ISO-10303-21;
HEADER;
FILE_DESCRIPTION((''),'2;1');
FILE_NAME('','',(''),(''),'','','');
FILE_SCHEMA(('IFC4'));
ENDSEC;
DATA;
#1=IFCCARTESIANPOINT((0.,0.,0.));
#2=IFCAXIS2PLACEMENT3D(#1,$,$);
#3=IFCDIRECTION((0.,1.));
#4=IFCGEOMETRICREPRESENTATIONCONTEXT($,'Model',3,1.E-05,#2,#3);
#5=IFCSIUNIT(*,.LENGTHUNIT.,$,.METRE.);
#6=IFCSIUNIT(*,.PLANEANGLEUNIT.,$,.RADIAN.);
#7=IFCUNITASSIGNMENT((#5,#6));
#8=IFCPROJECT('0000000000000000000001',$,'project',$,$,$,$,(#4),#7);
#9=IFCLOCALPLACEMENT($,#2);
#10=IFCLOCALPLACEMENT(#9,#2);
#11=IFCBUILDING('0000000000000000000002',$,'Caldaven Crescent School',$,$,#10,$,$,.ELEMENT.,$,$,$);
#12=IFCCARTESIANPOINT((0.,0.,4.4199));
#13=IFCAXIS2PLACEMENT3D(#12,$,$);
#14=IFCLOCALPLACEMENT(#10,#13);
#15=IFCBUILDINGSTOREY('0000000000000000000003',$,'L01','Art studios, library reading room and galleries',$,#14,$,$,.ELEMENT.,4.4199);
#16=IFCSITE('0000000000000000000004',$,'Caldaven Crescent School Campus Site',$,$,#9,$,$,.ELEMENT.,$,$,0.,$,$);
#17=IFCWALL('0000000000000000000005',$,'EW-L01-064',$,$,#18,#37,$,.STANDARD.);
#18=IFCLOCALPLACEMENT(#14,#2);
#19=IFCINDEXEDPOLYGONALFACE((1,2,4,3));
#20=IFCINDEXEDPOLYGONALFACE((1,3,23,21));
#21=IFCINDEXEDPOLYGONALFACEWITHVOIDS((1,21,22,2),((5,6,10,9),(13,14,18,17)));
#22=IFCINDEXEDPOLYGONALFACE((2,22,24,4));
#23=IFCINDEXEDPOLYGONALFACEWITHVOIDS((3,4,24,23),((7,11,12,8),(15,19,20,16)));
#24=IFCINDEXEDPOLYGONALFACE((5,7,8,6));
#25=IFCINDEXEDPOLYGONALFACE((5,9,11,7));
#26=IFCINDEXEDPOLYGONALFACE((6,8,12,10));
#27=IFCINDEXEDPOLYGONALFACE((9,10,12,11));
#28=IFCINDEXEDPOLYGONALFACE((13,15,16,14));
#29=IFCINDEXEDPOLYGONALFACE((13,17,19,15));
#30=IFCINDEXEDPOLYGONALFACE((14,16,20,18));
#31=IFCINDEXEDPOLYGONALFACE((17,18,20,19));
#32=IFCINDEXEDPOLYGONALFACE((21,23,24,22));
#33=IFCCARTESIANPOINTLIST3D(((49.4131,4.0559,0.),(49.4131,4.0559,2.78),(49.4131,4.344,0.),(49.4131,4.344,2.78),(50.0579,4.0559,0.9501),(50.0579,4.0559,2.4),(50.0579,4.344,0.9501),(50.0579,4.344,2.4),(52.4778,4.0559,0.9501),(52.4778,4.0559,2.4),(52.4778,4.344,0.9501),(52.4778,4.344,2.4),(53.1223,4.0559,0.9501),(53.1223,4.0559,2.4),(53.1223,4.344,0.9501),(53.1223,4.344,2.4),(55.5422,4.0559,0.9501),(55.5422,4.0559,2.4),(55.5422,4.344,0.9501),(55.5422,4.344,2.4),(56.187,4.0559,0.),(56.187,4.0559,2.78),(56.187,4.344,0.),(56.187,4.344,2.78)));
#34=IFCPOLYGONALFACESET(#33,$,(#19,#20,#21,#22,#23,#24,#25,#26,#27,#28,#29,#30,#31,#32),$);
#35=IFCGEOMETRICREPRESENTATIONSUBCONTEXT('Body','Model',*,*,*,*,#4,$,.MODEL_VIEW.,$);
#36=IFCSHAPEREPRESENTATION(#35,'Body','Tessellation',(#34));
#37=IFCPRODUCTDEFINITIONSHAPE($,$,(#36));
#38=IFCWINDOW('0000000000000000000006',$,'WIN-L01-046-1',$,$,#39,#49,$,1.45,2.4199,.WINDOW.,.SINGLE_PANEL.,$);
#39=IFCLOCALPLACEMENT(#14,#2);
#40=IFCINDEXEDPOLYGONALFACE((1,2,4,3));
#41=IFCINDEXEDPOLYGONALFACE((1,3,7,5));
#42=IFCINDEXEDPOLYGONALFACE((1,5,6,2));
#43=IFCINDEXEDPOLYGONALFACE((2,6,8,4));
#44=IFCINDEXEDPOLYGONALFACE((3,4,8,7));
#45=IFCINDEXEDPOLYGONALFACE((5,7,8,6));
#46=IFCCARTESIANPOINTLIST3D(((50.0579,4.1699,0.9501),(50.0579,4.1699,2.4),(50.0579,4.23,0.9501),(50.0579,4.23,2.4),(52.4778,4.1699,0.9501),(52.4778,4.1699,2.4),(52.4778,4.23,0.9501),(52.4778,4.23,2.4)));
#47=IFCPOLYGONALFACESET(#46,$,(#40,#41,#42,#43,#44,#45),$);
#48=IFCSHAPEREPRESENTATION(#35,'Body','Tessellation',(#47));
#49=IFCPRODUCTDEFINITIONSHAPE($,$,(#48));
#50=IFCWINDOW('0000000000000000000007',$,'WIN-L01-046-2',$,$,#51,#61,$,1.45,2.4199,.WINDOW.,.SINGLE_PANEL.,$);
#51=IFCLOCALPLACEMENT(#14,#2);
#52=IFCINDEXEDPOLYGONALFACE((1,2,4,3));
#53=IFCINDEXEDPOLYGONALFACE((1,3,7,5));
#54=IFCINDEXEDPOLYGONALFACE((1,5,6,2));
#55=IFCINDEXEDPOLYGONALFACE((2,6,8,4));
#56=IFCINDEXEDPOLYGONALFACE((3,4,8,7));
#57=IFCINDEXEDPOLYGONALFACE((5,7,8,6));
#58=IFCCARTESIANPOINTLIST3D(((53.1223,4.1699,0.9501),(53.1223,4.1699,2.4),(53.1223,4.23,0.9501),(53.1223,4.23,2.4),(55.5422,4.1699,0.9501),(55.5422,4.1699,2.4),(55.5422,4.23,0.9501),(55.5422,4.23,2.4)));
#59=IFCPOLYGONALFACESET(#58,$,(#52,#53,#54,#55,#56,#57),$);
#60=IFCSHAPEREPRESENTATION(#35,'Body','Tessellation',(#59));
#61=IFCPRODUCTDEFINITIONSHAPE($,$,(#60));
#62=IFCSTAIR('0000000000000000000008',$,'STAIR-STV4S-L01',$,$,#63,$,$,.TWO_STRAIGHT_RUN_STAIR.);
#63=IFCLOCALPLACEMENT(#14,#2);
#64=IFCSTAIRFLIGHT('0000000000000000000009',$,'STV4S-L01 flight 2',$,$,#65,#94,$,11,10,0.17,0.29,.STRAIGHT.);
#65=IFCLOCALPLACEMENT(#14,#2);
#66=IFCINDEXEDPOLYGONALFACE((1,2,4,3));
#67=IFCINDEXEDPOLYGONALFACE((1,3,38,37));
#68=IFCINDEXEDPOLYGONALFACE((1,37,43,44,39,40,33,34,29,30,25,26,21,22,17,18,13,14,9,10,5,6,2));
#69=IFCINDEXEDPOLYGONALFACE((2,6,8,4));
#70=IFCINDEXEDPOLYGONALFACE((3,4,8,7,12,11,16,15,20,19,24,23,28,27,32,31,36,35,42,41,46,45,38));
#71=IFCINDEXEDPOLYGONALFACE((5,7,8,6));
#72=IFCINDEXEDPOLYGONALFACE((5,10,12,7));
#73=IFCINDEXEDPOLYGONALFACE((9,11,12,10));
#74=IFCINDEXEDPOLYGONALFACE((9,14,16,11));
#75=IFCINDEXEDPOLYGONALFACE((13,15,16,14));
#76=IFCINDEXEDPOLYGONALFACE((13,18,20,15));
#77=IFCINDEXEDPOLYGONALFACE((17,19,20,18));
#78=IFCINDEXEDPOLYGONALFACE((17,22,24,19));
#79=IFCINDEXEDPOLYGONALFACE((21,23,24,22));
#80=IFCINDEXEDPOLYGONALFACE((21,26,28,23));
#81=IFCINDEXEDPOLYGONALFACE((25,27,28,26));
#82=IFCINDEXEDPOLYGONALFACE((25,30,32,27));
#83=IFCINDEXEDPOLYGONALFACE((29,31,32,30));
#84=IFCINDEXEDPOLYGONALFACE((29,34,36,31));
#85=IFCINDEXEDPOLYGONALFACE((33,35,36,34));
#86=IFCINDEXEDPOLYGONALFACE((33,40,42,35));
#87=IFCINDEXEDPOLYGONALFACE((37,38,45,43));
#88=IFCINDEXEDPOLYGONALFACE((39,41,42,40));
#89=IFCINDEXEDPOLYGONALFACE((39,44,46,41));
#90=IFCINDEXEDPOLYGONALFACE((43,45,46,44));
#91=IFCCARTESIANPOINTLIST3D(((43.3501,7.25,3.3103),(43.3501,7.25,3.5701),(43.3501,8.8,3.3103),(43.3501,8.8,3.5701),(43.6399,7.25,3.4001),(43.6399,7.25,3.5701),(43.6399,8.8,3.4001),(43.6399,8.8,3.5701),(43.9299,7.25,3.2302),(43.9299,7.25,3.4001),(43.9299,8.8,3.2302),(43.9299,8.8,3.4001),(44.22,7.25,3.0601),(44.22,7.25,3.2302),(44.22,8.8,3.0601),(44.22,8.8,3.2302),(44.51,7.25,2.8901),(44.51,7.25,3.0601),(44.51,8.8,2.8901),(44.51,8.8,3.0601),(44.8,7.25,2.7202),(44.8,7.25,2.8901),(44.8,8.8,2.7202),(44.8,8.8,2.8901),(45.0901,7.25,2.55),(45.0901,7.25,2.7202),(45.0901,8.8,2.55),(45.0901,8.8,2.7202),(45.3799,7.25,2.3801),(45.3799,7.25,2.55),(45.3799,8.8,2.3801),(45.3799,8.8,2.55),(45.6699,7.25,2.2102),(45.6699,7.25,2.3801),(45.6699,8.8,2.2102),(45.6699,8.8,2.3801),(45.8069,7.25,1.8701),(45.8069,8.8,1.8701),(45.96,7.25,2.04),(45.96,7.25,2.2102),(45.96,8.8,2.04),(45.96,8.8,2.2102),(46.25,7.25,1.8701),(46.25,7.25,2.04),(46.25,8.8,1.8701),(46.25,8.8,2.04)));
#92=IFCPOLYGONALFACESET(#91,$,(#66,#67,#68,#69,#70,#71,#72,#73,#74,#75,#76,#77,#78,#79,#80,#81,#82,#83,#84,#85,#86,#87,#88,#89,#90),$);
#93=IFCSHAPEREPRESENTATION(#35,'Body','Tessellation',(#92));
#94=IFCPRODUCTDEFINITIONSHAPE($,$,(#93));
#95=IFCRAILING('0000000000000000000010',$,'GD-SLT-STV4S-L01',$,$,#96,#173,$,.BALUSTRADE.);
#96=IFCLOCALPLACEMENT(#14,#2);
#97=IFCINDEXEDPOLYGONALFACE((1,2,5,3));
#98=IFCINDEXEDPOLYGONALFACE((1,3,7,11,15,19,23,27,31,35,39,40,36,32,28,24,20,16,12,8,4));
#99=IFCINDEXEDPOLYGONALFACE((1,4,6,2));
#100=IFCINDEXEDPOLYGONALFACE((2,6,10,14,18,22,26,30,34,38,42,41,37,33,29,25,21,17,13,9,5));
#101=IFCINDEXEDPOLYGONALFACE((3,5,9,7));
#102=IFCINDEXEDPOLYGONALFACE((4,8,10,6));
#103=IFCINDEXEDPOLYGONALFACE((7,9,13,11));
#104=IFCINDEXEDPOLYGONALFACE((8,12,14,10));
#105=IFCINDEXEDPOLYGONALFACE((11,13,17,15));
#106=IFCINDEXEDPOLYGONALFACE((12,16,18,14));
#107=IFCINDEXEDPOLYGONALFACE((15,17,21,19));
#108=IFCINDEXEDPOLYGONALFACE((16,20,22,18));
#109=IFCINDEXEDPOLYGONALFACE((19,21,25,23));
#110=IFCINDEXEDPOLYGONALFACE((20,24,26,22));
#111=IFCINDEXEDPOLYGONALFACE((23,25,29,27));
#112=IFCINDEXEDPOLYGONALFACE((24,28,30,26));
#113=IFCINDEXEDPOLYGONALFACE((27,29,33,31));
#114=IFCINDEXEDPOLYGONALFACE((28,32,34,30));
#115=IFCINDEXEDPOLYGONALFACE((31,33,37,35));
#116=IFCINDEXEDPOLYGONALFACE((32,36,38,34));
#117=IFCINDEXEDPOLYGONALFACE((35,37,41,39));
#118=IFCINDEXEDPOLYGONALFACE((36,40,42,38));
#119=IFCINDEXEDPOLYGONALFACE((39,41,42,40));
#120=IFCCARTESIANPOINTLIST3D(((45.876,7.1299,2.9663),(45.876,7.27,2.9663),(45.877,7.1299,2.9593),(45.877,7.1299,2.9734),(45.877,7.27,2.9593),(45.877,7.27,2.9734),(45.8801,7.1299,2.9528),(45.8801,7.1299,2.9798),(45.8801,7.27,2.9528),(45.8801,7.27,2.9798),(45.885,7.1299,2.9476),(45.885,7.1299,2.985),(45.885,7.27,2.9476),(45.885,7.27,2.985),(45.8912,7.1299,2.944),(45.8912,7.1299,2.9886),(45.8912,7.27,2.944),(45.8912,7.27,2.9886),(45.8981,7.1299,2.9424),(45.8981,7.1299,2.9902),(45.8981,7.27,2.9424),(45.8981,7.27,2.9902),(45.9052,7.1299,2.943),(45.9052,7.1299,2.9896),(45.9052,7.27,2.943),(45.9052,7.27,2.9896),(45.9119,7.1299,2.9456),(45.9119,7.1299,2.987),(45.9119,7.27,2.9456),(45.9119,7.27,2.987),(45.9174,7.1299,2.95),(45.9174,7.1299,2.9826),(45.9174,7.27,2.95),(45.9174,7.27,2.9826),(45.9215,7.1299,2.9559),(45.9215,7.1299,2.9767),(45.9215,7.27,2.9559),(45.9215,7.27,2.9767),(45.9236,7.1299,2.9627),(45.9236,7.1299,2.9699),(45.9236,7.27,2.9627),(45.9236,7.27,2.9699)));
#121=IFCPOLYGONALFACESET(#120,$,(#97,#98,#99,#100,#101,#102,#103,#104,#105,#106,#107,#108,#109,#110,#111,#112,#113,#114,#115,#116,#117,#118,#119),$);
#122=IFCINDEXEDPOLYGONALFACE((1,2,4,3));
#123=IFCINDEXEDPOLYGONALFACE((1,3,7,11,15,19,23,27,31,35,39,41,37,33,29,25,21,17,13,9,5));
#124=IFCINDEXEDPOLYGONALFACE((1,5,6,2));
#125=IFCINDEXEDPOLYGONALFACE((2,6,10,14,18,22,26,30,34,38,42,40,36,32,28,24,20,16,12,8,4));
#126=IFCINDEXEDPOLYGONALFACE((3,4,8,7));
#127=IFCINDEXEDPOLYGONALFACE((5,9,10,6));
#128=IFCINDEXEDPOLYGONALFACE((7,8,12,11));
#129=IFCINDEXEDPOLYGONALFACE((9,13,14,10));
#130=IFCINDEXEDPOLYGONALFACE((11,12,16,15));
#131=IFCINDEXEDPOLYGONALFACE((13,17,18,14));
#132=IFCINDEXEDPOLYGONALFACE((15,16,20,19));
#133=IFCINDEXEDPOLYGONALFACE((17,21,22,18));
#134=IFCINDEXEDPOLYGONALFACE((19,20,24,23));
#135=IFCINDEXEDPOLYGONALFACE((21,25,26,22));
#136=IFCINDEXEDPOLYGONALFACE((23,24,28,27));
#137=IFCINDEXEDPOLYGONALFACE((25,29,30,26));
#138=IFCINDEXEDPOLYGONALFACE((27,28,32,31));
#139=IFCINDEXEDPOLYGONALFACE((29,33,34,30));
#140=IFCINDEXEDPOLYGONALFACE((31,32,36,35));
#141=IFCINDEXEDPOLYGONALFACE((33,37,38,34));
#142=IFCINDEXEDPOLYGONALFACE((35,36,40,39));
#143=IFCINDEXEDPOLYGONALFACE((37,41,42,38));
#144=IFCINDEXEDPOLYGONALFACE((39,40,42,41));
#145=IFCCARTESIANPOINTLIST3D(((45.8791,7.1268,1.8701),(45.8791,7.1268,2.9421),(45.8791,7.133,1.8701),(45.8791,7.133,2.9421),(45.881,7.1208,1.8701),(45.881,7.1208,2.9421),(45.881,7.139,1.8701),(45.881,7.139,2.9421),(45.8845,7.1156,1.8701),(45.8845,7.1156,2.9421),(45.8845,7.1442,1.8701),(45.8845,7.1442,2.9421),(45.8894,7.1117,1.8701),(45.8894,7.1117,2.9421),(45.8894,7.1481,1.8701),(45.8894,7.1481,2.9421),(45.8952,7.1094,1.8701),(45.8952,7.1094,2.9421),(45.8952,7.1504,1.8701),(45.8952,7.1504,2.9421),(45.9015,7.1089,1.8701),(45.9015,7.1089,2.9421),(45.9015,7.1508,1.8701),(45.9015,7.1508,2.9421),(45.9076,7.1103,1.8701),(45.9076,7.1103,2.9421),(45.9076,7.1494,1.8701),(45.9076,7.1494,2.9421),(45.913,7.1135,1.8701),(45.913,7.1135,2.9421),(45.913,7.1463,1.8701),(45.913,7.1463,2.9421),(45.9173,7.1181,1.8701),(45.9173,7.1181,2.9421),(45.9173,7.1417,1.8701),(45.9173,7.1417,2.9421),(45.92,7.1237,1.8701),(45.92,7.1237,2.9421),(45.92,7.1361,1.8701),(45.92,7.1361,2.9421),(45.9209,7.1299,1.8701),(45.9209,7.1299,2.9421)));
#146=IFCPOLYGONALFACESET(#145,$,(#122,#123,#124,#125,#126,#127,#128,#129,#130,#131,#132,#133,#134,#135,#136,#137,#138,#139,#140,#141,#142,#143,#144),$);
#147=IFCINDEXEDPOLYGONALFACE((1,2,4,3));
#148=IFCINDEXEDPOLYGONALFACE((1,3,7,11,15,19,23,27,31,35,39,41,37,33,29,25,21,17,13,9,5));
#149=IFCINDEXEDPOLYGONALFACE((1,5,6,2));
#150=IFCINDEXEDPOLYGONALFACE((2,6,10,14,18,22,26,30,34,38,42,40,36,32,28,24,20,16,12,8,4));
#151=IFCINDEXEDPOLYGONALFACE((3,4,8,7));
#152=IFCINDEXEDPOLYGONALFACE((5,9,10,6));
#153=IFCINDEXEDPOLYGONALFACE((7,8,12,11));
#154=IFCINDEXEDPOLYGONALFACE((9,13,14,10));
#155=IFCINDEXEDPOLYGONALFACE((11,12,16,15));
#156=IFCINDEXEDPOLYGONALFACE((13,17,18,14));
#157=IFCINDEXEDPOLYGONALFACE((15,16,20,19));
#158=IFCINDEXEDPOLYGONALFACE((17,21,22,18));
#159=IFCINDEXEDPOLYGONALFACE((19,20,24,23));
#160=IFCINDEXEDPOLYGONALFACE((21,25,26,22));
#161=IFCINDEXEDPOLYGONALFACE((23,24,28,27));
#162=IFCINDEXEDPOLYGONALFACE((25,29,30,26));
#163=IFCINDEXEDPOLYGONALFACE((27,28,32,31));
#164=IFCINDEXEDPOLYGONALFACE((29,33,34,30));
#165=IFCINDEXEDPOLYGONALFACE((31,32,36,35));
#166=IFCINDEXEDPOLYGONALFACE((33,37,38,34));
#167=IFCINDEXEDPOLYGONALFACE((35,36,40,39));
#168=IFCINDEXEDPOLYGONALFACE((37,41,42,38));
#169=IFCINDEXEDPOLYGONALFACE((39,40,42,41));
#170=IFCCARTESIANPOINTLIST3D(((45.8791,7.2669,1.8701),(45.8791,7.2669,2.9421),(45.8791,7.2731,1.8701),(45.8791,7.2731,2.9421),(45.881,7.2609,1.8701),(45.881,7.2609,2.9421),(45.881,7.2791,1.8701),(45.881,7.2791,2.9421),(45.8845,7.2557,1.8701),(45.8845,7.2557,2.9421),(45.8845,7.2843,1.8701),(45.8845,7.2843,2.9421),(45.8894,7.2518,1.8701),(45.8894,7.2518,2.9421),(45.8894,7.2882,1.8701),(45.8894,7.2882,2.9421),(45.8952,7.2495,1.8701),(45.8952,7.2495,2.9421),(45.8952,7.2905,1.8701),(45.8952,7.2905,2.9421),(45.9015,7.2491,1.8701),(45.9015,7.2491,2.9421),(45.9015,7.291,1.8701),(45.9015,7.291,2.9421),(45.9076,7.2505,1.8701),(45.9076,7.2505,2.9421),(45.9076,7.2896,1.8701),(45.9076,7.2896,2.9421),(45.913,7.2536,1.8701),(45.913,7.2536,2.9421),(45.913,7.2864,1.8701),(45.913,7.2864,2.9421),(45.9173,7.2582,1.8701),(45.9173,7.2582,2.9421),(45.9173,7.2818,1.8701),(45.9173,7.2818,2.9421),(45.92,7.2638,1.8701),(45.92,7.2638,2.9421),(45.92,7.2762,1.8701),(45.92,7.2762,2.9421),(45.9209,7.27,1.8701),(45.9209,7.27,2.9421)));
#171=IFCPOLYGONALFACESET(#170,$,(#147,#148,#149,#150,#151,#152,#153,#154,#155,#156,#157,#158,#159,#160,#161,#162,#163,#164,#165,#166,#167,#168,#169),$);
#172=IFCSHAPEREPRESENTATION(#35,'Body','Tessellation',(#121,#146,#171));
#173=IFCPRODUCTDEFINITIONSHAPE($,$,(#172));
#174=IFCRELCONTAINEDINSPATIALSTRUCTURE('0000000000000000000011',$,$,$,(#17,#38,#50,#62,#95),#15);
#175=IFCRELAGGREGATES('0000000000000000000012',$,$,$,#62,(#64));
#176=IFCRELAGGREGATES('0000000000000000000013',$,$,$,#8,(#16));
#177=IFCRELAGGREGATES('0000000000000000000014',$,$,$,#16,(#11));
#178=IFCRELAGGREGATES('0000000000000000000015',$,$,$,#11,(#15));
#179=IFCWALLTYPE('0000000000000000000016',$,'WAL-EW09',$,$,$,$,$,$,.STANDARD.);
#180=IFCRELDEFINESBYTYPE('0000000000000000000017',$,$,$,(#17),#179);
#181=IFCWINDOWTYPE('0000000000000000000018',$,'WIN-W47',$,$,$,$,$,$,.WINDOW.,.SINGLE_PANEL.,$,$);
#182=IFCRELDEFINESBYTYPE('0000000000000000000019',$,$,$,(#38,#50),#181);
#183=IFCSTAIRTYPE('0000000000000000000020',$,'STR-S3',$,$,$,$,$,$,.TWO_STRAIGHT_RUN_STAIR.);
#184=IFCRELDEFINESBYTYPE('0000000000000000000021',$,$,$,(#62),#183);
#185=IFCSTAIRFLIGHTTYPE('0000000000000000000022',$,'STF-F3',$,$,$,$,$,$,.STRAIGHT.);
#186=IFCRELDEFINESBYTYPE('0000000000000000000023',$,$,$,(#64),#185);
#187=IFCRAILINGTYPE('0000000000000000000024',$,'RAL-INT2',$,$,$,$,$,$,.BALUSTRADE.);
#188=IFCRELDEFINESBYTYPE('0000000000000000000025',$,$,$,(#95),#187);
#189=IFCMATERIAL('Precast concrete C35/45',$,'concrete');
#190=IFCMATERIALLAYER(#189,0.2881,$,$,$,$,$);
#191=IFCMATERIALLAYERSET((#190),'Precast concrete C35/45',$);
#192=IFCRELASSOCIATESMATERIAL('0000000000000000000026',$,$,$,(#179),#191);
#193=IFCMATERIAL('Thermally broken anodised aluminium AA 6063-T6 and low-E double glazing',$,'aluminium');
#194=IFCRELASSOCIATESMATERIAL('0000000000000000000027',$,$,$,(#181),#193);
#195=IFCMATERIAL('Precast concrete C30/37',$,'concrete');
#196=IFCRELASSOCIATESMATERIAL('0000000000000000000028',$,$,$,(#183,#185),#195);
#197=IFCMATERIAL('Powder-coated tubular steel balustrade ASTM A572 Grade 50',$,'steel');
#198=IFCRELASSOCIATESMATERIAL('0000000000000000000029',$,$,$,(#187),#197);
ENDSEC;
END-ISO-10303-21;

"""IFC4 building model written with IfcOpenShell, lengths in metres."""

from ifc_helpers import new_model, si_unit, direction, frame, frame_2d, origin, origin_2d, place, context, subcontext, project, spatial, polyline, rectangle, circle, outline, extrude, material, layer, layer_set, type_object, element, fill, aggregate, save


model = new_model("IFC4")

# Units and contexts
model_context = context("Model", 3, precision=1e-05, world=origin(), true_north=direction((0.0, 1.0)))
body_context = subcontext(model_context, "Body", "Model", "MODEL_VIEW")
ifc_project = project(units=[si_unit("LENGTHUNIT", "METRE"), si_unit("PLANEANGLEUNIT", "RADIAN")], contexts=[model_context])

# Site, building, storey
site_placement = place(None, origin())
site = spatial("IfcSite", under=ifc_project, at=site_placement, Name="Caldaven Crescent School Campus Site", CompositionType="ELEMENT", RefElevation=0.0)
building_placement = place(site_placement, origin())
building = spatial("IfcBuilding", under=site, at=building_placement, Name="Caldaven Crescent School", CompositionType="ELEMENT")
storey_placement = place(building_placement, frame((0.0, 0.0, 4.4199)))
storey = spatial("IfcBuildingStorey", under=building, at=storey_placement, Name="L01", Description="Art studios, library reading room and galleries", CompositionType="ELEMENT", Elevation=4.4199)

# Wall, openings, windows
ifc_material_1 = material(Name="Precast concrete C35/45", Category="concrete")
ifc_layer_1 = layer(ifc_material_1, 0.2881)
ifc_layer_set_1 = layer_set([ifc_layer_1], Name="Precast concrete C35/45")
wall_type = type_object("IfcWallType", Name="WAL-EW09", PredefinedType="STANDARD", material=ifc_layer_set_1)
wall_placement = place(storey_placement, frame((49.4131, 4.2, 0.0), z_axis=(0.0, 0.0, 1.0), x_axis=(1.0, 0.0, 0.0)))
wall = element("IfcWall", 1, at=wall_placement, inside=storey, type_object=wall_type, Name="EW-L01-064", PredefinedType="STANDARD", context=body_context, shape_type="SweptSolid", body=[
    extrude(rectangle(XDim=6.7739, YDim=0.2881, at=frame_2d((3.387, 0.0))), origin(), (0.0, 0.0, 1.0), 2.78),
])
opening_1_placement = place(wall_placement, frame((0.6448, 0.0, 0.95)))
opening_1 = element("IfcOpeningElement", 2, at=opening_1_placement, cuts=wall, PredefinedType="OPENING", context=body_context, shape_type="SweptSolid", body=[
    extrude(rectangle(XDim=2.4199, YDim=1.45, at=frame_2d((1.21, 0.7251))), frame((0.0, 0.1541, 0.0), z_axis=(0.0, -1.0, 0.0), x_axis=(1.0, 0.0, 0.0)), (0.0, 0.0, 1.0), 0.3081),
])
opening_2_placement = place(wall_placement, frame((3.7092, 0.0, 0.95)))
opening_2 = element("IfcOpeningElement", 3, at=opening_2_placement, cuts=wall, PredefinedType="OPENING", context=body_context, shape_type="SweptSolid", body=[
    extrude(rectangle(XDim=2.4199, YDim=1.45, at=frame_2d((1.21, 0.7251))), frame((0.0, 0.1541, 0.0), z_axis=(0.0, -1.0, 0.0), x_axis=(1.0, 0.0, 0.0)), (0.0, 0.0, 1.0), 0.3081),
])
ifc_material_2 = material(Name="Thermally broken anodised aluminium AA 6063-T6 and low-E double glazing", Category="aluminium")
window_type = type_object("IfcWindowType", Name="WIN-W47", PartitioningType="SINGLE_PANEL", PredefinedType="WINDOW", material=ifc_material_2)
window_1_placement = place(opening_1_placement, origin())
window_1 = element("IfcWindow", 4, at=window_1_placement, inside=storey, type_object=window_type, Name="WIN-L01-046-1", OverallHeight=1.45, OverallWidth=2.4199, PartitioningType="SINGLE_PANEL", PredefinedType="WINDOW", context=body_context, shape_type="SweptSolid", body=[
    extrude(rectangle(XDim=2.4199, YDim=1.45, at=frame_2d((1.21, 0.7251))), frame((0.0, 0.03, 0.0), z_axis=(0.0, -1.0, 0.0), x_axis=(1.0, 0.0, 0.0)), (0.0, 0.0, 1.0), 0.0601),
])
fill(opening_1, window_1)
window_2_placement = place(opening_2_placement, origin())
window_2 = element("IfcWindow", 5, at=window_2_placement, inside=storey, type_object=window_type, Name="WIN-L01-046-2", OverallHeight=1.45, OverallWidth=2.4199, PartitioningType="SINGLE_PANEL", PredefinedType="WINDOW", context=body_context, shape_type="SweptSolid", body=[
    extrude(rectangle(XDim=2.4199, YDim=1.45, at=frame_2d((1.21, 0.7251))), frame((0.0, 0.03, 0.0), z_axis=(0.0, -1.0, 0.0), x_axis=(1.0, 0.0, 0.0)), (0.0, 0.0, 1.0), 0.0601),
])
fill(opening_2, window_2)

# Stair, stair flight
ifc_material_3 = material(Name="Precast concrete C30/37", Category="concrete")
stair_type = type_object("IfcStairType", Name="STR-S3", PredefinedType="TWO_STRAIGHT_RUN_STAIR", material=ifc_material_3)
stair_placement = place(storey_placement, origin())
stair = element("IfcStair", 6, at=stair_placement, inside=storey, type_object=stair_type, Name="STAIR-STV4S-L01", PredefinedType="TWO_STRAIGHT_RUN_STAIR")
stair_flight_type = type_object("IfcStairFlightType", Name="STF-F3", PredefinedType="STRAIGHT", material=ifc_material_3)
stair_flight_placement = place(storey_placement, frame((46.25, 8.0249, 1.8701), z_axis=(0.0, 0.0, 1.0), x_axis=(-1.0, 0.0, 0.0)))
stair_flight = element("IfcStairFlight", 7, at=stair_flight_placement, type_object=stair_flight_type, Name="STV4S-L01 flight 2", NumberOfRisers=11, NumberOfTreads=10, PredefinedType="STRAIGHT", RiserHeight=0.17, TreadLength=0.29, context=body_context, shape_type="SweptSolid", body=[
    extrude(outline(polyline([(0.0, 0.0), (0.0, 0.1699), (0.29, 0.1699), (0.29, 0.3401), (0.5801, 0.3401), (0.5801, 0.51), (0.8701, 0.51), (0.8701, 0.6799), (1.1599, 0.6799), (1.1599, 0.8501), (1.45, 0.8501), (1.45, 1.02), (1.74, 1.02), (1.74, 1.1899), (2.03, 1.1899), (2.03, 1.3601), (2.3201, 1.3601), (2.3201, 1.53), (2.6101, 1.53), (2.6101, 1.7), (2.8999, 1.7), (2.8999, 1.8701), (2.8999, 1.4402), (0.4431, 0.0), (0.0, 0.0)])), frame((0.0, 0.7749, 0.0), z_axis=(0.0, -1.0, 0.0), x_axis=(1.0, 0.0, 0.0)), (0.0, 0.0, 1.0), 1.55),
])
aggregate(stair, [stair_flight])

# Railing
ifc_material_4 = material(Name="Powder-coated tubular steel balustrade ASTM A572 Grade 50", Category="steel")
railing_type = type_object("IfcRailingType", Name="RAL-INT2", PredefinedType="BALUSTRADE", material=ifc_material_4)
railing_1_placement = place(storey_placement, frame((45.8999, 7.1299, 1.8701)))
element("IfcRailing", 8, at=railing_1_placement, inside=storey, type_object=railing_type, Name="GD-SLT-STV4S-L01", PredefinedType="BALUSTRADE", context=body_context, shape_type="SweptSolid", body=[
    extrude(circle(Radius=0.0239, at=origin_2d()), frame((0.0, 0.0, 1.0962), z_axis=(0.0, 1.0, 0.0), x_axis=(-1.0, 0.0, 0.0)), (0.0, 0.0, 1.0), 0.1401),
    extrude(circle(Radius=0.021, at=origin_2d()), origin(), (0.0, 0.0, 1.0), 1.072),
    extrude(circle(Radius=0.021, at=origin_2d()), frame((0.0, 0.1401, 0.0)), (0.0, 0.0, 1.0), 1.072),
])

save(model, "model.ifc")
